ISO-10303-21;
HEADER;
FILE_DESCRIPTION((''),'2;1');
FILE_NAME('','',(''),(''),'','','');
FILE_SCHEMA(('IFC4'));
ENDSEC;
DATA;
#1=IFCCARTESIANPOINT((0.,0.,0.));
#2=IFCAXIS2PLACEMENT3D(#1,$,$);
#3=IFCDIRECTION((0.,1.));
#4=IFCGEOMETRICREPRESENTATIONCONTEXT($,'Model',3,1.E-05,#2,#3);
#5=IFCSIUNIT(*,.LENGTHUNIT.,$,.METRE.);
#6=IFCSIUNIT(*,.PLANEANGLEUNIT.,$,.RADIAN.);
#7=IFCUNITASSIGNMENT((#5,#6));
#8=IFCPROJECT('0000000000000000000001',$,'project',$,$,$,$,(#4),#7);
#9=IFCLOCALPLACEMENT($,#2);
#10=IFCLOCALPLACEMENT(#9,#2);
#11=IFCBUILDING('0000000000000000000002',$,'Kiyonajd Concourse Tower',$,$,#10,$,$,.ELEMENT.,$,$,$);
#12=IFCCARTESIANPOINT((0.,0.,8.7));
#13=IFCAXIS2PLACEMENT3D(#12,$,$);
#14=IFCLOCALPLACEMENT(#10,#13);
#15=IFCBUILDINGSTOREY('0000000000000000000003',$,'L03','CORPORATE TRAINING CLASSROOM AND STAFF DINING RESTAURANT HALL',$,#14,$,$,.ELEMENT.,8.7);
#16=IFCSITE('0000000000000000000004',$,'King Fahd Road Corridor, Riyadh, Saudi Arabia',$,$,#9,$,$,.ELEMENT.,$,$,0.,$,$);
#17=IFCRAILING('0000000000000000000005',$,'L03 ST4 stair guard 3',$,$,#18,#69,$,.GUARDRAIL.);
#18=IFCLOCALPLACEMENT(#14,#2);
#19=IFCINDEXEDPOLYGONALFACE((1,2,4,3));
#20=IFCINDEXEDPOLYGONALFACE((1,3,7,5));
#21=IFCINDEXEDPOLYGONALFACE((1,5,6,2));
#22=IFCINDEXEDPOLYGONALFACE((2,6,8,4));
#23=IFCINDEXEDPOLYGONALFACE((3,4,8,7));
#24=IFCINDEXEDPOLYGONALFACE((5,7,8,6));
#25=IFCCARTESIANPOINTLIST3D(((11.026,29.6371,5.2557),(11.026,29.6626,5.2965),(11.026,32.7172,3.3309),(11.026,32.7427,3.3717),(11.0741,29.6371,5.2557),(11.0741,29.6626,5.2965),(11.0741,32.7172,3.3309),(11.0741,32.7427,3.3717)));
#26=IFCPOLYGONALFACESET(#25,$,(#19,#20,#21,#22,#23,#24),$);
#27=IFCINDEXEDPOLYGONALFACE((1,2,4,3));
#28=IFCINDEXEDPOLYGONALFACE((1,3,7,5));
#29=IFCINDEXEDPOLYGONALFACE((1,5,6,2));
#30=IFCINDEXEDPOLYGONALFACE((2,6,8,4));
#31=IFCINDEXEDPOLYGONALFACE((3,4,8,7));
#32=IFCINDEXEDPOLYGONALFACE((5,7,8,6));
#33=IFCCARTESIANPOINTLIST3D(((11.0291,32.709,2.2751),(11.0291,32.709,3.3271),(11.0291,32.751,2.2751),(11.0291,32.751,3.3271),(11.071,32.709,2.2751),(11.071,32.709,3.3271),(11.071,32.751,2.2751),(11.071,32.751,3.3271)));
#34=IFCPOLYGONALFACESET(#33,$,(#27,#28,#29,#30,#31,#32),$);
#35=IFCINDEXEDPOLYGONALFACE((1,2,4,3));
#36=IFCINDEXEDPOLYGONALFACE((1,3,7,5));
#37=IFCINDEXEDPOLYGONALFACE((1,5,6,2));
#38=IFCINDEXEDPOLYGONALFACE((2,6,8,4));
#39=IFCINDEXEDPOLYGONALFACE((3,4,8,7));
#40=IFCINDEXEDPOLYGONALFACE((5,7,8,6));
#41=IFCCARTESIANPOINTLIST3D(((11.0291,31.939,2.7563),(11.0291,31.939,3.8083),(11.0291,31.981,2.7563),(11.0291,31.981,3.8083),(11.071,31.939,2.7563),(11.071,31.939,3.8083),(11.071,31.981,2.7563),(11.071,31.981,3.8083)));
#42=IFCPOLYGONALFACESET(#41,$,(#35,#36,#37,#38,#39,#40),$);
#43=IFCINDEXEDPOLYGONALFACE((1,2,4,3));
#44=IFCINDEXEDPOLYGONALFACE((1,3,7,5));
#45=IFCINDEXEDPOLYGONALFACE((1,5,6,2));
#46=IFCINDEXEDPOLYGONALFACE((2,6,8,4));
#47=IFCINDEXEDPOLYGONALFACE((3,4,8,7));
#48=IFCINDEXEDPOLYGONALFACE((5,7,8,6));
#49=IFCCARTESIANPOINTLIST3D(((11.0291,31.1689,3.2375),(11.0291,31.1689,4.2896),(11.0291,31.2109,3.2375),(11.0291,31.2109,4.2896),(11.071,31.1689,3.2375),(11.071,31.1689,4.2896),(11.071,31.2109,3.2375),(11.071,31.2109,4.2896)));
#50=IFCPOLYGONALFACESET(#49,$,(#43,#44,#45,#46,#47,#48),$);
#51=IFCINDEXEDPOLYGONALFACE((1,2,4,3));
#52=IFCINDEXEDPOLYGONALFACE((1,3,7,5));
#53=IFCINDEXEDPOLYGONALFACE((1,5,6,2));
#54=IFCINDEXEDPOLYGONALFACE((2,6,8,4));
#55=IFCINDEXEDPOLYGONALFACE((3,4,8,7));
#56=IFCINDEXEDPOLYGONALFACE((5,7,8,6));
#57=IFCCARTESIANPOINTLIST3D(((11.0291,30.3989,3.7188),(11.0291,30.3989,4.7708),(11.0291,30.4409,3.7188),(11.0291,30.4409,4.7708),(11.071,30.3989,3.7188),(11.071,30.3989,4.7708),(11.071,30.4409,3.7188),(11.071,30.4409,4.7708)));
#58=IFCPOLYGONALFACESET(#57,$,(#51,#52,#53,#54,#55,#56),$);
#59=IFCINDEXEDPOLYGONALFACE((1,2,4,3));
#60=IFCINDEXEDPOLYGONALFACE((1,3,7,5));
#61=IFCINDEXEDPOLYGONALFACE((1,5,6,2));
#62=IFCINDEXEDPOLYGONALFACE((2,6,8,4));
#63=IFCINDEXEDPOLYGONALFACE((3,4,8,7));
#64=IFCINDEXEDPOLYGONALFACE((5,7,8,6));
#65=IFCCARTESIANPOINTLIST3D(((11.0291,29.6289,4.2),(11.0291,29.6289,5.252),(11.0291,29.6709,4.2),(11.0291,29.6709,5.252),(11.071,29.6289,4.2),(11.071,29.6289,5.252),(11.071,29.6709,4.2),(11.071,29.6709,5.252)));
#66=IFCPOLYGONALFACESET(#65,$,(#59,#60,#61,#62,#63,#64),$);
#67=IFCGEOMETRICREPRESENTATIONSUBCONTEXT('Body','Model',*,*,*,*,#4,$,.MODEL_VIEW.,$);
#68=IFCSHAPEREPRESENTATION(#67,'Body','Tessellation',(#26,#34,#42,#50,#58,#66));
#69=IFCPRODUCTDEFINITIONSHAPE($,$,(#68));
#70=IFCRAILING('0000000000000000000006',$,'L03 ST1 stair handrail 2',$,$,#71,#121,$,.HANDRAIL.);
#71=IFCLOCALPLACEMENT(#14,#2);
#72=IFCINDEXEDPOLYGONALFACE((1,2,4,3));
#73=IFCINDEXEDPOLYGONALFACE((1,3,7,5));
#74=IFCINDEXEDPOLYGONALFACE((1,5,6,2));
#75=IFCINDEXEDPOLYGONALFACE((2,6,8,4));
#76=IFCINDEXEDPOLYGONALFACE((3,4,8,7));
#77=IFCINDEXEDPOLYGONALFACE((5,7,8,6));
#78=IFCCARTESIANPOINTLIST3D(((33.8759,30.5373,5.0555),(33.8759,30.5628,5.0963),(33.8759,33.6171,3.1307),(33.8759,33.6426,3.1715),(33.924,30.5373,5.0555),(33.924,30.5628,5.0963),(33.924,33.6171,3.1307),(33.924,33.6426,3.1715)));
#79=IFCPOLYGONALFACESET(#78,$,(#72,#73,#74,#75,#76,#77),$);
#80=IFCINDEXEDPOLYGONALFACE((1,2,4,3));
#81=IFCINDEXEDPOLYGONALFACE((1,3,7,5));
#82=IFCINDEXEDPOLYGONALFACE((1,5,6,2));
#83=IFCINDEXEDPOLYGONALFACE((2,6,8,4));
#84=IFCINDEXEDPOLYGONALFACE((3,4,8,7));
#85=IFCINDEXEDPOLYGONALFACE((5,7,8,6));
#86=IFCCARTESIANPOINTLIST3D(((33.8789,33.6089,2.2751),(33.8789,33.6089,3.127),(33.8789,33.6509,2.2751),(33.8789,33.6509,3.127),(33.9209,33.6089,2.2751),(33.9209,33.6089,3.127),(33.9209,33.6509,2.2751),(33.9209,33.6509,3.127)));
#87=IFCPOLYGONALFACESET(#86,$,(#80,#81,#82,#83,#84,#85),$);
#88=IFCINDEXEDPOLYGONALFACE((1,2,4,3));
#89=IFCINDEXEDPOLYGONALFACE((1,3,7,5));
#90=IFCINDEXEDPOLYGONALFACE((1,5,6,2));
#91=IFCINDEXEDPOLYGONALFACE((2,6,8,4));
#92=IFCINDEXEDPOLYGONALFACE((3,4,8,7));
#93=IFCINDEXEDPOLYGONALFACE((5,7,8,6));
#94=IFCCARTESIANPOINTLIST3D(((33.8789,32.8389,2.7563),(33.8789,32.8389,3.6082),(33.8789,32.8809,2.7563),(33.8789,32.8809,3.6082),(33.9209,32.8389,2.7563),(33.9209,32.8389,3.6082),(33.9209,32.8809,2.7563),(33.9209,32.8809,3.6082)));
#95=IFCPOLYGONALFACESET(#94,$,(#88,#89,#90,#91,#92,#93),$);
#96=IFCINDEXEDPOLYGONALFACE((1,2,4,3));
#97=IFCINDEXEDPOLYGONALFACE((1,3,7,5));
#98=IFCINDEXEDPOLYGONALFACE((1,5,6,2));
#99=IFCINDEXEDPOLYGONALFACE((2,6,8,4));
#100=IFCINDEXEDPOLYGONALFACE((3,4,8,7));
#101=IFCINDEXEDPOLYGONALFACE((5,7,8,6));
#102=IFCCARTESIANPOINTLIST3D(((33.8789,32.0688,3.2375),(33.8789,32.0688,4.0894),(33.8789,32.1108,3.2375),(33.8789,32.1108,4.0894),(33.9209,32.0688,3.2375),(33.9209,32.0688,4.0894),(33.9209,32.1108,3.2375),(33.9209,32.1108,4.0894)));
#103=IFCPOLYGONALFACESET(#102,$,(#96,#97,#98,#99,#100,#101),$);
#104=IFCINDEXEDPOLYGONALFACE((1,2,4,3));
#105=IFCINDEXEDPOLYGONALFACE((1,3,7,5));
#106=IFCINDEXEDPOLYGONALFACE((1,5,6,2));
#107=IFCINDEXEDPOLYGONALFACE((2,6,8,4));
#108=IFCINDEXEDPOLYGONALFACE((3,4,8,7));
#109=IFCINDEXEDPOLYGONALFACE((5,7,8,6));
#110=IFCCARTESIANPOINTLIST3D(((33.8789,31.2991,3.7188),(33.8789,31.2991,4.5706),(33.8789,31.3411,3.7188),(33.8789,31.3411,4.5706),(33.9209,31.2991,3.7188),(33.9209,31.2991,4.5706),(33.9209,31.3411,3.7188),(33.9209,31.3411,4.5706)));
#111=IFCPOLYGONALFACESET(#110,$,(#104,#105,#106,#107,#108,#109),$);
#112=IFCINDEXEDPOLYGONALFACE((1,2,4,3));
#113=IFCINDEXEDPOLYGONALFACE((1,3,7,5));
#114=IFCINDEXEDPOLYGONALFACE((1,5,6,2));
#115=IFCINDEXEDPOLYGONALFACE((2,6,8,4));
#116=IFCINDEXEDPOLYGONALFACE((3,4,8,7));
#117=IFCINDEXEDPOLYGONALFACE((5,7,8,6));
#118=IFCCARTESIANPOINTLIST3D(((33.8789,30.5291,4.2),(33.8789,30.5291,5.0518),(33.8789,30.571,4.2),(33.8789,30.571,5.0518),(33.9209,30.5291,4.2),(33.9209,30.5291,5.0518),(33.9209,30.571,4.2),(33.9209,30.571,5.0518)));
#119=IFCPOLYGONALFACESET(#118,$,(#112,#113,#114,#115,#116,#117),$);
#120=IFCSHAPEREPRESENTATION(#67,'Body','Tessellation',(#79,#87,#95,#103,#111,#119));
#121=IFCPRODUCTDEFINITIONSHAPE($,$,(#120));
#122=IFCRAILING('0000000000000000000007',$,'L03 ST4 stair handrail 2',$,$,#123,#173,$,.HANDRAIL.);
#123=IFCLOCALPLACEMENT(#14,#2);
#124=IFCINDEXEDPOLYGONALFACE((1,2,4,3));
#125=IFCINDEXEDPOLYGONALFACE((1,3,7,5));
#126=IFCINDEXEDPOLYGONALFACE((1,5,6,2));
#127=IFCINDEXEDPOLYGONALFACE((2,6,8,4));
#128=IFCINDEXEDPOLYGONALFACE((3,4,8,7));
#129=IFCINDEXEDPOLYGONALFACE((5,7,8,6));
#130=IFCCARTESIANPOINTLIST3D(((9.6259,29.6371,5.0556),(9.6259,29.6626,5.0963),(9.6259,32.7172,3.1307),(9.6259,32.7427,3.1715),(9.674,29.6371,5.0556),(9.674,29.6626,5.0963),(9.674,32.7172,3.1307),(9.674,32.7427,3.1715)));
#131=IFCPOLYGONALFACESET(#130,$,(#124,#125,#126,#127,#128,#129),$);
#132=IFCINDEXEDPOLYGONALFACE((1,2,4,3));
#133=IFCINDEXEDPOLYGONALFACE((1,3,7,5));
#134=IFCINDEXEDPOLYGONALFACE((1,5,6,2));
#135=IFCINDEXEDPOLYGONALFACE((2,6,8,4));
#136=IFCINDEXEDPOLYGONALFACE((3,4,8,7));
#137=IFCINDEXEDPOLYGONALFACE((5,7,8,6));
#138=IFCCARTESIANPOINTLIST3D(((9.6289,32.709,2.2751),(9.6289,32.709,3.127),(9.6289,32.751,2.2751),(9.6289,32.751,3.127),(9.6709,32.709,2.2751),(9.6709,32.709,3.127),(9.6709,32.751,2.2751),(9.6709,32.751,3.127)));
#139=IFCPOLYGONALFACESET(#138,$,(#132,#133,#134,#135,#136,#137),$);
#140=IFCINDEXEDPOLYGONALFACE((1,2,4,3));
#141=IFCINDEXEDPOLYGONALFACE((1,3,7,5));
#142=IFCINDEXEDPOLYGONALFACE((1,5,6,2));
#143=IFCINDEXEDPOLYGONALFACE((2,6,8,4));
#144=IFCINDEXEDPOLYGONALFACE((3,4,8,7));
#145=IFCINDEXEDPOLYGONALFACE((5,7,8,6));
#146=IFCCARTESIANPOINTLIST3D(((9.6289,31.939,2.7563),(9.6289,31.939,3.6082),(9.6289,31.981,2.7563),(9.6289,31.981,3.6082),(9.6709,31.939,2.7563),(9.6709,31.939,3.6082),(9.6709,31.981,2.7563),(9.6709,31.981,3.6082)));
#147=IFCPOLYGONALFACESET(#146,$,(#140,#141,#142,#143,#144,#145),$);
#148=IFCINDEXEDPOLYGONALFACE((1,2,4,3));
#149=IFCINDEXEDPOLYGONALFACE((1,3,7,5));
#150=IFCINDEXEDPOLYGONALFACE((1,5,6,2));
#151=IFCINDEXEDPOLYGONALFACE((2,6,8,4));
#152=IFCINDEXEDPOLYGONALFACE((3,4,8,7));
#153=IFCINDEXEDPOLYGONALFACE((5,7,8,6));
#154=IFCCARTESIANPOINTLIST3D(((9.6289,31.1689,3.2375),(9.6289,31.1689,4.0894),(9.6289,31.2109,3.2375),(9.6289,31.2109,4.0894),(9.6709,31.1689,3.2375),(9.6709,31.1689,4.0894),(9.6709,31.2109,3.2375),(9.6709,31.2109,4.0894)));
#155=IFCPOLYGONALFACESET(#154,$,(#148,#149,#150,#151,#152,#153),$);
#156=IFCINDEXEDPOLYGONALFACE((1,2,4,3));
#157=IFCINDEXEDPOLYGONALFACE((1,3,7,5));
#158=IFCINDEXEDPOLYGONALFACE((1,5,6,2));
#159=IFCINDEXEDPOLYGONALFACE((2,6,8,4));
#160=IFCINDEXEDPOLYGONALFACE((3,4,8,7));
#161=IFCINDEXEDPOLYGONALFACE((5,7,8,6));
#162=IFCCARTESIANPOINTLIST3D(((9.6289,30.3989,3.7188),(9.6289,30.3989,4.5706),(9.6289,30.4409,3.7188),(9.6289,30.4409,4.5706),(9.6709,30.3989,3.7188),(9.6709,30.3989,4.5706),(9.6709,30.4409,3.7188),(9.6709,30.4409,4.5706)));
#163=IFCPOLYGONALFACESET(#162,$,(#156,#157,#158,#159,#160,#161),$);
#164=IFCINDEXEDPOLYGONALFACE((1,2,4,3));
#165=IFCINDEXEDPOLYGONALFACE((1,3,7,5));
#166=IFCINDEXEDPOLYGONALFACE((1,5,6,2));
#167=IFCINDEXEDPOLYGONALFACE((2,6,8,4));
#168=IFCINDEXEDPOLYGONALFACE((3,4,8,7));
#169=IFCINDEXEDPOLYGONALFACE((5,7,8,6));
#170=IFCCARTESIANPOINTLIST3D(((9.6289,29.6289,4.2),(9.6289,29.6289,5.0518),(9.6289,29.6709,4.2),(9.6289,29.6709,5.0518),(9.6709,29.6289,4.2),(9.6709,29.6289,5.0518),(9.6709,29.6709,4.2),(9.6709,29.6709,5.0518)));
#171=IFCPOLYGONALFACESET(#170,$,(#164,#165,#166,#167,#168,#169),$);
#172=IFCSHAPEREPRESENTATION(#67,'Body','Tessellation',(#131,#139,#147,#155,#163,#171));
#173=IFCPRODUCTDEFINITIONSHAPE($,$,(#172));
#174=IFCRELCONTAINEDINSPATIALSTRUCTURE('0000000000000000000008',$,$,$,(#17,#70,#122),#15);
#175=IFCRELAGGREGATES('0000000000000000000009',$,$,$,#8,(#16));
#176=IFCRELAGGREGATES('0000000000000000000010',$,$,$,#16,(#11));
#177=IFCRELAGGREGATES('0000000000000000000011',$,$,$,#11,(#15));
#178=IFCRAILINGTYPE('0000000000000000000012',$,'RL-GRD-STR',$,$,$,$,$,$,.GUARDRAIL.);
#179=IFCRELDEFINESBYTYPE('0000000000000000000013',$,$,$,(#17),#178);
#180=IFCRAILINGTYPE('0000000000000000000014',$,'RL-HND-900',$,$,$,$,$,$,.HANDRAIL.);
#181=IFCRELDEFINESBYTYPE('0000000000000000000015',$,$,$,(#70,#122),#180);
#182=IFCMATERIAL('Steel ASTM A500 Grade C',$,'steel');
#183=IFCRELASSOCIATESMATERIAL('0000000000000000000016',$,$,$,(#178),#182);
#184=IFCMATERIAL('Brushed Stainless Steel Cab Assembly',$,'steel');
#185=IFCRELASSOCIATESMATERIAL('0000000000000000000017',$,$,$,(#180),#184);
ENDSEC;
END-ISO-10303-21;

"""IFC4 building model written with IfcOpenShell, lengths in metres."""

from ifc_helpers import new_model, si_unit, direction, frame, origin, origin_2d, place, context, subcontext, project, spatial, rectangle, extrude, material, type_object, element, save


model = new_model("IFC4")

# Units and contexts
model_context = context("Model", 3, precision=1e-05, world=origin(), true_north=direction((0.0, 1.0)))
body_context = subcontext(model_context, "Body", "Model", "MODEL_VIEW")
ifc_project = project(units=[si_unit("LENGTHUNIT", "METRE"), si_unit("PLANEANGLEUNIT", "RADIAN")], contexts=[model_context])

# Site, building, storey
site_placement = place(None, origin())
site = spatial("IfcSite", under=ifc_project, at=site_placement, Name="King Fahd Road Corridor, Riyadh, Saudi Arabia", CompositionType="ELEMENT", RefElevation=0.0)
building_placement = place(site_placement, origin())
building = spatial("IfcBuilding", under=site, at=building_placement, Name="Kiyonajd Concourse Tower", CompositionType="ELEMENT")
storey_placement = place(building_placement, frame((0.0, 0.0, 8.7)))
storey = spatial("IfcBuildingStorey", under=building, at=storey_placement, Name="L03", Description="CORPORATE TRAINING CLASSROOM AND STAFF DINING RESTAURANT HALL", CompositionType="ELEMENT", Elevation=8.7)

# Shared definitions
ifc_material_1 = material(Name="Brushed Stainless Steel Cab Assembly", Category="steel")

# Railings
ifc_material_2 = material(Name="Steel ASTM A500 Grade C", Category="steel")
railing_type_1 = type_object("IfcRailingType", Name="RL-GRD-STR", PredefinedType="GUARDRAIL", material=ifc_material_2)
railing_1_placement = place(storey_placement, frame((11.05, 32.73, 2.2751)))
element("IfcRailing", 1, at=railing_1_placement, inside=storey, type_object=railing_type_1, Name="L03 ST4 stair guard 3", PredefinedType="GUARDRAIL", context=body_context, shape_type="SweptSolid", body=[
    extrude(rectangle(XDim=0.0481, YDim=0.0481, at=origin_2d()), frame((0.0, 0.0, 1.0762), z_axis=(0.0, -0.848029, 0.529951), x_axis=(1.0, 0.0, 0.0)), (0.0, 0.0, 1.0), 3.6321),
    extrude(rectangle(XDim=0.042, YDim=0.042, at=origin_2d()), origin(), (0.0, 0.0, 1.0), 1.052),
    extrude(rectangle(XDim=0.042, YDim=0.042, at=origin_2d()), frame((0.0, -0.77, 0.4812)), (0.0, 0.0, 1.0), 1.052),
    extrude(rectangle(XDim=0.042, YDim=0.042, at=origin_2d()), frame((0.0, -1.54, 0.9624)), (0.0, 0.0, 1.0), 1.052),
    extrude(rectangle(XDim=0.042, YDim=0.042, at=origin_2d()), frame((0.0, -2.3101, 1.4436)), (0.0, 0.0, 1.0), 1.052),
    extrude(rectangle(XDim=0.042, YDim=0.042, at=origin_2d()), frame((0.0, -3.0801, 1.9248)), (0.0, 0.0, 1.0), 1.052),
])
railing_type_2 = type_object("IfcRailingType", Name="RL-HND-900", PredefinedType="HANDRAIL", material=ifc_material_1)
railing_2_placement = place(storey_placement, frame((33.8999, 33.6299, 2.2751)))
element("IfcRailing", 2, at=railing_2_placement, inside=storey, type_object=railing_type_2, Name="L03 ST1 stair handrail 2", PredefinedType="HANDRAIL", context=body_context, shape_type="SweptSolid", body=[
    extrude(rectangle(XDim=0.0481, YDim=0.0481, at=origin_2d()), frame((0.0, 0.0, 0.876), z_axis=(0.0, -0.84801, 0.529981), x_axis=(1.0, 0.0, 0.0)), (0.0, 0.0, 1.0), 3.6318),
    extrude(rectangle(XDim=0.042, YDim=0.042, at=origin_2d()), origin(), (0.0, 0.0, 1.0), 0.8518),
    extrude(rectangle(XDim=0.042, YDim=0.042, at=origin_2d()), frame((0.0, -0.77, 0.4812)), (0.0, 0.0, 1.0), 0.8518),
    extrude(rectangle(XDim=0.042, YDim=0.042, at=origin_2d()), frame((0.0, -1.54, 0.9624)), (0.0, 0.0, 1.0), 0.8518),
    extrude(rectangle(XDim=0.042, YDim=0.042, at=origin_2d()), frame((0.0, -2.3098, 1.4436)), (0.0, 0.0, 1.0), 0.8518),
    extrude(rectangle(XDim=0.042, YDim=0.042, at=origin_2d()), frame((0.0, -3.0798, 1.9248)), (0.0, 0.0, 1.0), 0.8518),
])
railing_3_placement = place(storey_placement, frame((9.6499, 32.73, 2.2751)))
element("IfcRailing", 3, at=railing_3_placement, inside=storey, type_object=railing_type_2, Name="L03 ST4 stair handrail 2", PredefinedType="HANDRAIL", context=body_context, shape_type="SweptSolid", body=[
    extrude(rectangle(XDim=0.0481, YDim=0.0481, at=origin_2d()), frame((0.0, 0.0, 0.876), z_axis=(0.0, -0.848029, 0.529951), x_axis=(1.0, 0.0, 0.0)), (0.0, 0.0, 1.0), 3.6321),
    extrude(rectangle(XDim=0.042, YDim=0.042, at=origin_2d()), origin(), (0.0, 0.0, 1.0), 0.8518),
    extrude(rectangle(XDim=0.042, YDim=0.042, at=origin_2d()), frame((0.0, -0.77, 0.4812)), (0.0, 0.0, 1.0), 0.8518),
    extrude(rectangle(XDim=0.042, YDim=0.042, at=origin_2d()), frame((0.0, -1.54, 0.9624)), (0.0, 0.0, 1.0), 0.8518),
    extrude(rectangle(XDim=0.042, YDim=0.042, at=origin_2d()), frame((0.0, -2.3101, 1.4436)), (0.0, 0.0, 1.0), 0.8518),
    extrude(rectangle(XDim=0.042, YDim=0.042, at=origin_2d()), frame((0.0, -3.0801, 1.9248)), (0.0, 0.0, 1.0), 0.8518),
])

save(model, "model.ifc")
